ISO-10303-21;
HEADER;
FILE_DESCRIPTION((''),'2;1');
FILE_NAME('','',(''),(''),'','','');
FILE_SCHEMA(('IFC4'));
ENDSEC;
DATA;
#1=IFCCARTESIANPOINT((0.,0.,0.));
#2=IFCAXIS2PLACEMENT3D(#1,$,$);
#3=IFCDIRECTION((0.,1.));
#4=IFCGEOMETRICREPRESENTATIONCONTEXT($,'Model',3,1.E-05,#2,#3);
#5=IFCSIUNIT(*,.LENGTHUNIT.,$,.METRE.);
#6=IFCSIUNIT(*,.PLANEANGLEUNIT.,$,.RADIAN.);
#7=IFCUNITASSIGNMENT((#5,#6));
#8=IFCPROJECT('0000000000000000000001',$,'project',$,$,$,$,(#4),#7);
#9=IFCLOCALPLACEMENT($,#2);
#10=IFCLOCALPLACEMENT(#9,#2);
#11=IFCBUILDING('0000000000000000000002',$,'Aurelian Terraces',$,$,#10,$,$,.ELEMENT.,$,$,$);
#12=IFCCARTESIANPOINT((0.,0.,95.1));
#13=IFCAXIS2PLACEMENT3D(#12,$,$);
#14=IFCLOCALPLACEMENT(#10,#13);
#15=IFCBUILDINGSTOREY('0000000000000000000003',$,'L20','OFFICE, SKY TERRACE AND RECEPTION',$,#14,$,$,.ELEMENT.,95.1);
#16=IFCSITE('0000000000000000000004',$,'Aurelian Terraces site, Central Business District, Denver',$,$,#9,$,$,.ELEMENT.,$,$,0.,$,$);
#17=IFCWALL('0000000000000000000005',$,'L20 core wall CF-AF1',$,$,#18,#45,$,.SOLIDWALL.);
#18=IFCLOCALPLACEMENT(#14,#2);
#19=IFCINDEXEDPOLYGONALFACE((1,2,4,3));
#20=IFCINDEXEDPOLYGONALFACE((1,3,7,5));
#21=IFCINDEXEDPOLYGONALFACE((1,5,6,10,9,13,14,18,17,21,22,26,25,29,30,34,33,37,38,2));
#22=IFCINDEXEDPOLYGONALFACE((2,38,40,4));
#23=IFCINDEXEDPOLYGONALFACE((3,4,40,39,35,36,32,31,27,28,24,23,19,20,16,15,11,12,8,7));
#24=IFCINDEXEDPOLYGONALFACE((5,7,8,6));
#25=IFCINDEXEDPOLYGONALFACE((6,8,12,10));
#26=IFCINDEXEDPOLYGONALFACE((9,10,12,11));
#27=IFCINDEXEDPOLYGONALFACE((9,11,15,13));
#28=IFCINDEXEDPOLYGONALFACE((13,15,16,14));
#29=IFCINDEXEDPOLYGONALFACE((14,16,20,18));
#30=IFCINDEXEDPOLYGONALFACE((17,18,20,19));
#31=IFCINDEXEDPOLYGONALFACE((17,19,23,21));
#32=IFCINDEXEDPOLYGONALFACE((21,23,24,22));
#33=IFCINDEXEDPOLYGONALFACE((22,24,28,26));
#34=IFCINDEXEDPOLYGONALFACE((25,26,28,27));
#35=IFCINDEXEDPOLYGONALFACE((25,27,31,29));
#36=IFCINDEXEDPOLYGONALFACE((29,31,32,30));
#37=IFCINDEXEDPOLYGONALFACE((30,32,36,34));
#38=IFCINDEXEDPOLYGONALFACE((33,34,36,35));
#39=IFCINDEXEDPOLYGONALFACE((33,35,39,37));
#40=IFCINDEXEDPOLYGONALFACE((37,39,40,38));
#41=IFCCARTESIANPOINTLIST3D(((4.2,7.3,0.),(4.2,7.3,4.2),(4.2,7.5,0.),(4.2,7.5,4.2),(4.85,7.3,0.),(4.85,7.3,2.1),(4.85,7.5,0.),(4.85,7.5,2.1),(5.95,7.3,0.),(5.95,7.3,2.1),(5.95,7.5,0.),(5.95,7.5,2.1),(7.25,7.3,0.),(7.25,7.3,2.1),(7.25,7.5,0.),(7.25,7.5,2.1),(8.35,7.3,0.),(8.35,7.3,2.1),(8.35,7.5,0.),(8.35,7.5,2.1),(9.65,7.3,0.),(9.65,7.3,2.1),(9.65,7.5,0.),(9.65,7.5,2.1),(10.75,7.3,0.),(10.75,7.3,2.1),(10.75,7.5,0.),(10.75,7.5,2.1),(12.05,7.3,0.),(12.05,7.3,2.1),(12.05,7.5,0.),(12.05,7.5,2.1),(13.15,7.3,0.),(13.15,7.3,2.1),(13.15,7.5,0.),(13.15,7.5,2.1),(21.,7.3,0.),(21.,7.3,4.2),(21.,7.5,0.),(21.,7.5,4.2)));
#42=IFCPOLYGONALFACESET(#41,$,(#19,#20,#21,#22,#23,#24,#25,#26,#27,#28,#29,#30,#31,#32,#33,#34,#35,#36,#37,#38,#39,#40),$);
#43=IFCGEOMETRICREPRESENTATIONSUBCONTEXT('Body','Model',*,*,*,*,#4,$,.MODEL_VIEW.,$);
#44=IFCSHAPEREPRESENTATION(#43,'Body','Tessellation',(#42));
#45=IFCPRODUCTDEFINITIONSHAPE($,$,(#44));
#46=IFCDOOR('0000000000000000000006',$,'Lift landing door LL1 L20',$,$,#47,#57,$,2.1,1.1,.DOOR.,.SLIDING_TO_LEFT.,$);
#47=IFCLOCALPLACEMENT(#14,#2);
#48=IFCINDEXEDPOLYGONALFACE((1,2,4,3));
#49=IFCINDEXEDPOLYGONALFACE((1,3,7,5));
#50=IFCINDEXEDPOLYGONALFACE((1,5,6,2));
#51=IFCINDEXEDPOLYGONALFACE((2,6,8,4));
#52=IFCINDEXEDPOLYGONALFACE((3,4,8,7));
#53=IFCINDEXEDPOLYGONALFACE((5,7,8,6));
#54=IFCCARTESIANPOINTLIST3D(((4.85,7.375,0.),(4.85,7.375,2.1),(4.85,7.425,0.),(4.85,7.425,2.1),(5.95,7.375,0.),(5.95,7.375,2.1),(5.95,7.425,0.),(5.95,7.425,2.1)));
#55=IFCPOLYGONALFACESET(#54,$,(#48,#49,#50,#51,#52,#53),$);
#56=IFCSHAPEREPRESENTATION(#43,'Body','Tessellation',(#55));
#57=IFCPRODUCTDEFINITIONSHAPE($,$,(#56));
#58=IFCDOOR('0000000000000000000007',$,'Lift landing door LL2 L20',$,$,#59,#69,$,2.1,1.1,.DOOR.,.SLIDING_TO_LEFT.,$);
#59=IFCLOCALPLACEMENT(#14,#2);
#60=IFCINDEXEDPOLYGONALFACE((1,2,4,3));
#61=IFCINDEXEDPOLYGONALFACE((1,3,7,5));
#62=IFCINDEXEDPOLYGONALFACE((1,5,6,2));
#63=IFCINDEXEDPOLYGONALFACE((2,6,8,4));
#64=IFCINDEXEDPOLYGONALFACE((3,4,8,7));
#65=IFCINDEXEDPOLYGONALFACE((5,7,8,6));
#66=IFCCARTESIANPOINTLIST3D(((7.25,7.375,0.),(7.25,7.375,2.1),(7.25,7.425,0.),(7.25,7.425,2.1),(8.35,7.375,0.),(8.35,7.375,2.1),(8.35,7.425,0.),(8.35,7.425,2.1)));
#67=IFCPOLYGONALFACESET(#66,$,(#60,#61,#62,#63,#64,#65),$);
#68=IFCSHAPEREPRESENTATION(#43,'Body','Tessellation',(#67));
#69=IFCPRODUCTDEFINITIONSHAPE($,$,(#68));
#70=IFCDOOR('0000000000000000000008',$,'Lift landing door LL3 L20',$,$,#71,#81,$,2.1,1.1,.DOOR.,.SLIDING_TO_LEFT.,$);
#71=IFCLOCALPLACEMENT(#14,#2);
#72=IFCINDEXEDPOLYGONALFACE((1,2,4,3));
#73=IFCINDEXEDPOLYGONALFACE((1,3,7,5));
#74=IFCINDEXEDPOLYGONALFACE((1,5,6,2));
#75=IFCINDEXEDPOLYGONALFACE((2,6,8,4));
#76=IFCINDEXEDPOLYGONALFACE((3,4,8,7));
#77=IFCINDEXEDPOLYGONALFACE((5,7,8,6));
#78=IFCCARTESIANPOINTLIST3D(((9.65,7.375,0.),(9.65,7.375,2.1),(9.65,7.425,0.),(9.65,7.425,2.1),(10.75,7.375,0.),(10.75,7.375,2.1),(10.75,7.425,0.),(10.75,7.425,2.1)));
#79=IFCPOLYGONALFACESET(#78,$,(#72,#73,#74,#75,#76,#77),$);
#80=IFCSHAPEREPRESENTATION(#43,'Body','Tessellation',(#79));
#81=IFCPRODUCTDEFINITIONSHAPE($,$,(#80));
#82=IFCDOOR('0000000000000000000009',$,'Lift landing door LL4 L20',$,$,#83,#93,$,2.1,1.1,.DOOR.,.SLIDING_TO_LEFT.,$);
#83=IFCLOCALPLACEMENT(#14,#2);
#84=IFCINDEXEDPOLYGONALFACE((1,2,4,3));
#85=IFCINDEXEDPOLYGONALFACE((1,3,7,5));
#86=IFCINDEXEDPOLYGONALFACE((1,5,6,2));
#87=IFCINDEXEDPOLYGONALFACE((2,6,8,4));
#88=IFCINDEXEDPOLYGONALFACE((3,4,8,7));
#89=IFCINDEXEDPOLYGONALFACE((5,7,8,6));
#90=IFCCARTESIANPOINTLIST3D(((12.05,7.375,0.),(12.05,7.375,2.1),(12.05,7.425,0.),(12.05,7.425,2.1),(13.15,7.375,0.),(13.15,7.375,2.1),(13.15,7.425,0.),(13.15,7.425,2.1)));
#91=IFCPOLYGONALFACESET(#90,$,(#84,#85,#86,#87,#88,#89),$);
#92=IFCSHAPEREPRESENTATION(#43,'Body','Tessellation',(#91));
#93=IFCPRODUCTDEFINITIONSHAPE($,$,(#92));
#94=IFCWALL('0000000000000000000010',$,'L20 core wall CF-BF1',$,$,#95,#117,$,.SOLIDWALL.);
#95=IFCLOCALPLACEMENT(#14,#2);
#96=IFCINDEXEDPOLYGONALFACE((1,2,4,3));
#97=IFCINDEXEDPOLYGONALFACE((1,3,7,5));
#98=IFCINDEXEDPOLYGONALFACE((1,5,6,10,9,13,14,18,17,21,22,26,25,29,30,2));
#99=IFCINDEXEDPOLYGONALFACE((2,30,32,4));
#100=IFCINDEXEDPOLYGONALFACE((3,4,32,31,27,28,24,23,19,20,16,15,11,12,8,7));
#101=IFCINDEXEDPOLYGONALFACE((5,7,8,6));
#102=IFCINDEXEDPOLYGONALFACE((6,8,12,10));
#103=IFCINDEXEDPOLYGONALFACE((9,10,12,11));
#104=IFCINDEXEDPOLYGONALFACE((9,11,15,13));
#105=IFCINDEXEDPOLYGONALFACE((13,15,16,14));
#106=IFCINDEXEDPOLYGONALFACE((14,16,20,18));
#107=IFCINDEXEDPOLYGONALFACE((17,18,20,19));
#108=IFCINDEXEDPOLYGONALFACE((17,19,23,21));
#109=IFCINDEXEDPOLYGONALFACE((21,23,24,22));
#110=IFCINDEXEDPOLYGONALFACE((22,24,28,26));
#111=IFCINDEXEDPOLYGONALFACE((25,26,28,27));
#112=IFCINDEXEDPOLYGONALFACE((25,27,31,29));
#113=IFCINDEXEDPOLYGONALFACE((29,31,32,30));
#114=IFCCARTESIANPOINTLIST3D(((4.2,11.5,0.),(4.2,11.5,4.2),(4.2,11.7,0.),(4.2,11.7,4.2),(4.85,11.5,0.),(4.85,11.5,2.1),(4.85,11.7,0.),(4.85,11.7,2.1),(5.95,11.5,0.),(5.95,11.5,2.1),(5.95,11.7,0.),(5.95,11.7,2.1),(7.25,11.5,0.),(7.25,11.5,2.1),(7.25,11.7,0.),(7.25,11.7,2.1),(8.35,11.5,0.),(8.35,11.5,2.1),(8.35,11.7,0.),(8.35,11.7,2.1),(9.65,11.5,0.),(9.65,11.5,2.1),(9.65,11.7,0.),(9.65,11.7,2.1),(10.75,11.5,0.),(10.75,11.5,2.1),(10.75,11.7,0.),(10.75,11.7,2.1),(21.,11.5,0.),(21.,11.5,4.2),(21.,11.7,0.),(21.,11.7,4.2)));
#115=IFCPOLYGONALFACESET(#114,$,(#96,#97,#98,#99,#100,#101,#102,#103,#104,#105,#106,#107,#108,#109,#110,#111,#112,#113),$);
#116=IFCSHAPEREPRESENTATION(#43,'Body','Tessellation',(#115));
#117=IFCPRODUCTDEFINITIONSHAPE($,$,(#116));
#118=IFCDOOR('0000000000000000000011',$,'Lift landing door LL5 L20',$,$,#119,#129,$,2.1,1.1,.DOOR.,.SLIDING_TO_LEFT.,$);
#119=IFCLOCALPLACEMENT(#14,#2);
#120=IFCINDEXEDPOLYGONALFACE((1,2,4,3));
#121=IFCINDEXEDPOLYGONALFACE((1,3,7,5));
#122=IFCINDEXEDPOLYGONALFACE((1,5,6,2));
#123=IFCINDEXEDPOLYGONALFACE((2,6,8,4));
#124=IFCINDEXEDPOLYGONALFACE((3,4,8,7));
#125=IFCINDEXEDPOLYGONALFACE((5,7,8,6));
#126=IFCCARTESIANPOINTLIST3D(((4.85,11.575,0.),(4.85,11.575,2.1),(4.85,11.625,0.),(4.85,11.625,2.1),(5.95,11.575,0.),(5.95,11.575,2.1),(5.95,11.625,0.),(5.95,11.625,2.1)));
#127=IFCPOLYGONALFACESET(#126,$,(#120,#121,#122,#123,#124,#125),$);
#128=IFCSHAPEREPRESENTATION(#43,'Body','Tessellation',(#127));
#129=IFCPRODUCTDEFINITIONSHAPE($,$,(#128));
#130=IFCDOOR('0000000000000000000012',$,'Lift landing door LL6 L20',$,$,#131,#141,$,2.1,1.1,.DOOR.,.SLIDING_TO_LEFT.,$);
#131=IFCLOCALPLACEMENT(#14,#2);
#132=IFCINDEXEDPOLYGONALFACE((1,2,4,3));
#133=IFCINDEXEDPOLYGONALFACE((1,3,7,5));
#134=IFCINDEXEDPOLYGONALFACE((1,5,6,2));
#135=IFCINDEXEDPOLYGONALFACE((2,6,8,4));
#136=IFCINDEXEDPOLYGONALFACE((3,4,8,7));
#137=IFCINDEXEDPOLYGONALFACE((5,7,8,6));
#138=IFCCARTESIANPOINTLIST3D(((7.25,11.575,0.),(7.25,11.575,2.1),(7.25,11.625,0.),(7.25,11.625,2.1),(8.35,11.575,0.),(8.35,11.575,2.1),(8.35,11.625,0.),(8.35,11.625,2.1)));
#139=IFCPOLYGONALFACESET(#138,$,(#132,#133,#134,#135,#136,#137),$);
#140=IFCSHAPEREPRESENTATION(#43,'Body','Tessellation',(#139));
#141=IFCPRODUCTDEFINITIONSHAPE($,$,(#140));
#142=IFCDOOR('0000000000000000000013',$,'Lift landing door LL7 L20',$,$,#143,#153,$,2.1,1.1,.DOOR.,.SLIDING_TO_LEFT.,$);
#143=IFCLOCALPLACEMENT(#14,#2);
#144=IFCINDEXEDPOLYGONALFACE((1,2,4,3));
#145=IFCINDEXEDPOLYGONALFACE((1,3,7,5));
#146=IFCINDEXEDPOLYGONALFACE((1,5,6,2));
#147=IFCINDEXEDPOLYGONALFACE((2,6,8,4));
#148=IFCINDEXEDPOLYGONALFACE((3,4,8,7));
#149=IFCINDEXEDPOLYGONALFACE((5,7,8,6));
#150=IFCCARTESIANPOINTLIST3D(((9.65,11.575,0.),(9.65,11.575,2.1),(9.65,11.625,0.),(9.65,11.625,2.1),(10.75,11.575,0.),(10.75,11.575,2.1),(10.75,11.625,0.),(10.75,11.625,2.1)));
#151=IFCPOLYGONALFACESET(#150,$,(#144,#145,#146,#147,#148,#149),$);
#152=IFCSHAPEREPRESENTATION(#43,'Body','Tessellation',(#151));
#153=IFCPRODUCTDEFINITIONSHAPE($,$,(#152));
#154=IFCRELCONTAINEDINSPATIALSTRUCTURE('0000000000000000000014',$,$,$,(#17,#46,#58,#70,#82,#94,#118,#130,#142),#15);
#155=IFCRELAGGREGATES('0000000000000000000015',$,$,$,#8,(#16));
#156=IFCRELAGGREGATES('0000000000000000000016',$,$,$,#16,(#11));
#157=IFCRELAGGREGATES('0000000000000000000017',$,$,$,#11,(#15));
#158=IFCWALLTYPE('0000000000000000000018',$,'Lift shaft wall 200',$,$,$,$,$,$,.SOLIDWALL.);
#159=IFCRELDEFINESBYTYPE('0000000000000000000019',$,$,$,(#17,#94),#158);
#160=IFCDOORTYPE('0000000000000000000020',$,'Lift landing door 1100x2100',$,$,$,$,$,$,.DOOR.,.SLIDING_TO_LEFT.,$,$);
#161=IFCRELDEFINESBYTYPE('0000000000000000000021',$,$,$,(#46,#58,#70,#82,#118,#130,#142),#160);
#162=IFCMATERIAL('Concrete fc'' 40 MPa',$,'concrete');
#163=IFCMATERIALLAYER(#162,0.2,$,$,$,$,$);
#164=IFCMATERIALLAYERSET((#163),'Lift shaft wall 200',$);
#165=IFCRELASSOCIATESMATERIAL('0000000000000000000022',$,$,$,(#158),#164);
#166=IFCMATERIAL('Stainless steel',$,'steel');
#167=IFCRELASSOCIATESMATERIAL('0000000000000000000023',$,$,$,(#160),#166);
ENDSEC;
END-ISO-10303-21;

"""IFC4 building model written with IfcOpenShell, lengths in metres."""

from ifc_helpers import new_model, si_unit, direction, frame, frame_2d, origin, place, context, subcontext, project, spatial, rectangle, extrude, source, transform, mapped, material, layer, layer_set, type_object, element, fill, save


model = new_model("IFC4")

# Units and contexts
model_context = context("Model", 3, precision=1e-05, world=origin(), true_north=direction((0.0, 1.0)))
body_context = subcontext(model_context, "Body", "Model", "MODEL_VIEW")
ifc_project = project(units=[si_unit("LENGTHUNIT", "METRE"), si_unit("PLANEANGLEUNIT", "RADIAN")], contexts=[model_context])

# Site, building, storey
site_placement = place(None, origin())
site = spatial("IfcSite", under=ifc_project, at=site_placement, Name="Aurelian Terraces site, Central Business District, Denver", CompositionType="ELEMENT", RefElevation=0.0)
building_placement = place(site_placement, origin())
building = spatial("IfcBuilding", under=site, at=building_placement, Name="Aurelian Terraces", CompositionType="ELEMENT")
storey_placement = place(building_placement, frame((0.0, 0.0, 95.1)))
storey = spatial("IfcBuildingStorey", under=building, at=storey_placement, Name="L20", Description="OFFICE, SKY TERRACE AND RECEPTION", CompositionType="ELEMENT", Elevation=95.1)

# Shared definitions
ifc_material_1 = material(Name="Concrete fc' 40 MPa", Category="concrete")
ifc_layer_1 = layer(ifc_material_1, 0.2)
ifc_layer_set_1 = layer_set([ifc_layer_1], Name="Lift shaft wall 200")
wall_type_1 = type_object("IfcWallType", Name="Lift shaft wall 200", PredefinedType="SOLIDWALL", material=ifc_layer_set_1)

# Walls, openings, doors
shared_shape_1 = source(origin(), body_context, "Body", "SweptSolid", [
    extrude(rectangle(XDim=16.8, YDim=0.2, at=frame_2d((8.4, 0.0))), origin(), (0.0, 0.0, 1.0), 4.2),
])
wall_1_placement = place(storey_placement, frame((4.2, 7.4, 0.0), z_axis=(0.0, 0.0, 1.0), x_axis=(1.0, 0.0, 0.0)))
wall_1 = element("IfcWall", 1, at=wall_1_placement, inside=storey, type_object=wall_type_1, Name="L20 core wall CF-AF1", PredefinedType="SOLIDWALL", context=body_context, shape_type="MappedRepresentation", body=[
    mapped(shared_shape_1, transform((0.0, 0.0, 0.0), scale=1.0)),
])
shared_shape_2 = source(origin(), body_context, "Body", "SweptSolid", [
    extrude(rectangle(XDim=1.1, YDim=2.1, at=frame_2d((0.55, 1.05))), frame((0.0, 0.11, 0.0), z_axis=(0.0, -1.0, 0.0), x_axis=(1.0, 0.0, 0.0)), (0.0, 0.0, 1.0), 0.22),
])
opening_1_placement = place(wall_1_placement, frame((0.65, 0.0, 0.0)))
opening_1 = element("IfcOpeningElement", 2, at=opening_1_placement, cuts=wall_1, PredefinedType="OPENING", context=body_context, shape_type="MappedRepresentation", body=[
    mapped(shared_shape_2, transform((0.0, 0.0, 0.0), scale=1.0)),
])
opening_2_placement = place(wall_1_placement, frame((3.05, 0.0, 0.0)))
opening_2 = element("IfcOpeningElement", 3, at=opening_2_placement, cuts=wall_1, PredefinedType="OPENING", context=body_context, shape_type="MappedRepresentation", body=[
    mapped(shared_shape_2, transform((0.0, 0.0, 0.0), scale=1.0)),
])
opening_3_placement = place(wall_1_placement, frame((5.45, 0.0, 0.0)))
opening_3 = element("IfcOpeningElement", 4, at=opening_3_placement, cuts=wall_1, PredefinedType="OPENING", context=body_context, shape_type="MappedRepresentation", body=[
    mapped(shared_shape_2, transform((0.0, 0.0, 0.0), scale=1.0)),
])
opening_4_placement = place(wall_1_placement, frame((7.85, 0.0, 0.0)))
opening_4 = element("IfcOpeningElement", 5, at=opening_4_placement, cuts=wall_1, PredefinedType="OPENING", context=body_context, shape_type="MappedRepresentation", body=[
    mapped(shared_shape_2, transform((0.0, 0.0, 0.0), scale=1.0)),
])
ifc_material_2 = material(Name="Stainless steel", Category="steel")
door_type_1 = type_object("IfcDoorType", Name="Lift landing door 1100x2100", OperationType="SLIDING_TO_LEFT", PredefinedType="DOOR", material=ifc_material_2)
shared_shape_3 = source(origin(), body_context, "Body", "SweptSolid", [
    extrude(rectangle(XDim=1.1, YDim=2.1, at=frame_2d((0.55, 1.05))), frame((0.0, 0.025, 0.0), z_axis=(0.0, -1.0, 0.0), x_axis=(1.0, 0.0, 0.0)), (0.0, 0.0, 1.0), 0.05),
])
door_1_placement = place(opening_1_placement, origin())
door_1 = element("IfcDoor", 6, at=door_1_placement, inside=storey, type_object=door_type_1, Name="Lift landing door LL1 L20", OperationType="SLIDING_TO_LEFT", OverallHeight=2.1, OverallWidth=1.1, PredefinedType="DOOR", context=body_context, shape_type="MappedRepresentation", body=[
    mapped(shared_shape_3, transform((0.0, 0.0, 0.0), scale=1.0)),
])
fill(opening_1, door_1)
door_2_placement = place(opening_2_placement, origin())
door_2 = element("IfcDoor", 7, at=door_2_placement, inside=storey, type_object=door_type_1, Name="Lift landing door LL2 L20", OperationType="SLIDING_TO_LEFT", OverallHeight=2.1, OverallWidth=1.1, PredefinedType="DOOR", context=body_context, shape_type="MappedRepresentation", body=[
    mapped(shared_shape_3, transform((0.0, 0.0, 0.0), scale=1.0)),
])
fill(opening_2, door_2)
door_3_placement = place(opening_3_placement, origin())
door_3 = element("IfcDoor", 8, at=door_3_placement, inside=storey, type_object=door_type_1, Name="Lift landing door LL3 L20", OperationType="SLIDING_TO_LEFT", OverallHeight=2.1, OverallWidth=1.1, PredefinedType="DOOR", context=body_context, shape_type="MappedRepresentation", body=[
    mapped(shared_shape_3, transform((0.0, 0.0, 0.0), scale=1.0)),
])
fill(opening_3, door_3)
door_4_placement = place(opening_4_placement, origin())
door_4 = element("IfcDoor", 9, at=door_4_placement, inside=storey, type_object=door_type_1, Name="Lift landing door LL4 L20", OperationType="SLIDING_TO_LEFT", OverallHeight=2.1, OverallWidth=1.1, PredefinedType="DOOR", context=body_context, shape_type="MappedRepresentation", body=[
    mapped(shared_shape_3, transform((0.0, 0.0, 0.0), scale=1.0)),
])
fill(opening_4, door_4)
wall_2_placement = place(storey_placement, frame((4.2, 11.6, 0.0), z_axis=(0.0, 0.0, 1.0), x_axis=(1.0, 0.0, 0.0)))
wall_2 = element("IfcWall", 10, at=wall_2_placement, inside=storey, type_object=wall_type_1, Name="L20 core wall CF-BF1", PredefinedType="SOLIDWALL", context=body_context, shape_type="MappedRepresentation", body=[
    mapped(shared_shape_1, transform((0.0, 0.0, 0.0), scale=1.0)),
])
opening_5_placement = place(wall_2_placement, frame((0.65, 0.0, 0.0)))
opening_5 = element("IfcOpeningElement", 11, at=opening_5_placement, cuts=wall_2, PredefinedType="OPENING", context=body_context, shape_type="MappedRepresentation", body=[
    mapped(shared_shape_2, transform((0.0, 0.0, 0.0), scale=1.0)),
])
opening_6_placement = place(wall_2_placement, frame((3.05, 0.0, 0.0)))
opening_6 = element("IfcOpeningElement", 12, at=opening_6_placement, cuts=wall_2, PredefinedType="OPENING", context=body_context, shape_type="MappedRepresentation", body=[
    mapped(shared_shape_2, transform((0.0, 0.0, 0.0), scale=1.0)),
])
opening_7_placement = place(wall_2_placement, frame((5.45, 0.0, 0.0)))
opening_7 = element("IfcOpeningElement", 13, at=opening_7_placement, cuts=wall_2, PredefinedType="OPENING", context=body_context, shape_type="MappedRepresentation", body=[
    mapped(shared_shape_2, transform((0.0, 0.0, 0.0), scale=1.0)),
])
door_5_placement = place(opening_5_placement, origin())
door_5 = element("IfcDoor", 14, at=door_5_placement, inside=storey, type_object=door_type_1, Name="Lift landing door LL5 L20", OperationType="SLIDING_TO_LEFT", OverallHeight=2.1, OverallWidth=1.1, PredefinedType="DOOR", context=body_context, shape_type="MappedRepresentation", body=[
    mapped(shared_shape_3, transform((0.0, 0.0, 0.0), scale=1.0)),
])
fill(opening_5, door_5)
door_6_placement = place(opening_6_placement, origin())
door_6 = element("IfcDoor", 15, at=door_6_placement, inside=storey, type_object=door_type_1, Name="Lift landing door LL6 L20", OperationType="SLIDING_TO_LEFT", OverallHeight=2.1, OverallWidth=1.1, PredefinedType="DOOR", context=body_context, shape_type="MappedRepresentation", body=[
    mapped(shared_shape_3, transform((0.0, 0.0, 0.0), scale=1.0)),
])
fill(opening_6, door_6)
door_7_placement = place(opening_7_placement, origin())
door_7 = element("IfcDoor", 16, at=door_7_placement, inside=storey, type_object=door_type_1, Name="Lift landing door LL7 L20", OperationType="SLIDING_TO_LEFT", OverallHeight=2.1, OverallWidth=1.1, PredefinedType="DOOR", context=body_context, shape_type="MappedRepresentation", body=[
    mapped(shared_shape_3, transform((0.0, 0.0, 0.0), scale=1.0)),
])
fill(opening_7, door_7)

save(model, "model.ifc")
